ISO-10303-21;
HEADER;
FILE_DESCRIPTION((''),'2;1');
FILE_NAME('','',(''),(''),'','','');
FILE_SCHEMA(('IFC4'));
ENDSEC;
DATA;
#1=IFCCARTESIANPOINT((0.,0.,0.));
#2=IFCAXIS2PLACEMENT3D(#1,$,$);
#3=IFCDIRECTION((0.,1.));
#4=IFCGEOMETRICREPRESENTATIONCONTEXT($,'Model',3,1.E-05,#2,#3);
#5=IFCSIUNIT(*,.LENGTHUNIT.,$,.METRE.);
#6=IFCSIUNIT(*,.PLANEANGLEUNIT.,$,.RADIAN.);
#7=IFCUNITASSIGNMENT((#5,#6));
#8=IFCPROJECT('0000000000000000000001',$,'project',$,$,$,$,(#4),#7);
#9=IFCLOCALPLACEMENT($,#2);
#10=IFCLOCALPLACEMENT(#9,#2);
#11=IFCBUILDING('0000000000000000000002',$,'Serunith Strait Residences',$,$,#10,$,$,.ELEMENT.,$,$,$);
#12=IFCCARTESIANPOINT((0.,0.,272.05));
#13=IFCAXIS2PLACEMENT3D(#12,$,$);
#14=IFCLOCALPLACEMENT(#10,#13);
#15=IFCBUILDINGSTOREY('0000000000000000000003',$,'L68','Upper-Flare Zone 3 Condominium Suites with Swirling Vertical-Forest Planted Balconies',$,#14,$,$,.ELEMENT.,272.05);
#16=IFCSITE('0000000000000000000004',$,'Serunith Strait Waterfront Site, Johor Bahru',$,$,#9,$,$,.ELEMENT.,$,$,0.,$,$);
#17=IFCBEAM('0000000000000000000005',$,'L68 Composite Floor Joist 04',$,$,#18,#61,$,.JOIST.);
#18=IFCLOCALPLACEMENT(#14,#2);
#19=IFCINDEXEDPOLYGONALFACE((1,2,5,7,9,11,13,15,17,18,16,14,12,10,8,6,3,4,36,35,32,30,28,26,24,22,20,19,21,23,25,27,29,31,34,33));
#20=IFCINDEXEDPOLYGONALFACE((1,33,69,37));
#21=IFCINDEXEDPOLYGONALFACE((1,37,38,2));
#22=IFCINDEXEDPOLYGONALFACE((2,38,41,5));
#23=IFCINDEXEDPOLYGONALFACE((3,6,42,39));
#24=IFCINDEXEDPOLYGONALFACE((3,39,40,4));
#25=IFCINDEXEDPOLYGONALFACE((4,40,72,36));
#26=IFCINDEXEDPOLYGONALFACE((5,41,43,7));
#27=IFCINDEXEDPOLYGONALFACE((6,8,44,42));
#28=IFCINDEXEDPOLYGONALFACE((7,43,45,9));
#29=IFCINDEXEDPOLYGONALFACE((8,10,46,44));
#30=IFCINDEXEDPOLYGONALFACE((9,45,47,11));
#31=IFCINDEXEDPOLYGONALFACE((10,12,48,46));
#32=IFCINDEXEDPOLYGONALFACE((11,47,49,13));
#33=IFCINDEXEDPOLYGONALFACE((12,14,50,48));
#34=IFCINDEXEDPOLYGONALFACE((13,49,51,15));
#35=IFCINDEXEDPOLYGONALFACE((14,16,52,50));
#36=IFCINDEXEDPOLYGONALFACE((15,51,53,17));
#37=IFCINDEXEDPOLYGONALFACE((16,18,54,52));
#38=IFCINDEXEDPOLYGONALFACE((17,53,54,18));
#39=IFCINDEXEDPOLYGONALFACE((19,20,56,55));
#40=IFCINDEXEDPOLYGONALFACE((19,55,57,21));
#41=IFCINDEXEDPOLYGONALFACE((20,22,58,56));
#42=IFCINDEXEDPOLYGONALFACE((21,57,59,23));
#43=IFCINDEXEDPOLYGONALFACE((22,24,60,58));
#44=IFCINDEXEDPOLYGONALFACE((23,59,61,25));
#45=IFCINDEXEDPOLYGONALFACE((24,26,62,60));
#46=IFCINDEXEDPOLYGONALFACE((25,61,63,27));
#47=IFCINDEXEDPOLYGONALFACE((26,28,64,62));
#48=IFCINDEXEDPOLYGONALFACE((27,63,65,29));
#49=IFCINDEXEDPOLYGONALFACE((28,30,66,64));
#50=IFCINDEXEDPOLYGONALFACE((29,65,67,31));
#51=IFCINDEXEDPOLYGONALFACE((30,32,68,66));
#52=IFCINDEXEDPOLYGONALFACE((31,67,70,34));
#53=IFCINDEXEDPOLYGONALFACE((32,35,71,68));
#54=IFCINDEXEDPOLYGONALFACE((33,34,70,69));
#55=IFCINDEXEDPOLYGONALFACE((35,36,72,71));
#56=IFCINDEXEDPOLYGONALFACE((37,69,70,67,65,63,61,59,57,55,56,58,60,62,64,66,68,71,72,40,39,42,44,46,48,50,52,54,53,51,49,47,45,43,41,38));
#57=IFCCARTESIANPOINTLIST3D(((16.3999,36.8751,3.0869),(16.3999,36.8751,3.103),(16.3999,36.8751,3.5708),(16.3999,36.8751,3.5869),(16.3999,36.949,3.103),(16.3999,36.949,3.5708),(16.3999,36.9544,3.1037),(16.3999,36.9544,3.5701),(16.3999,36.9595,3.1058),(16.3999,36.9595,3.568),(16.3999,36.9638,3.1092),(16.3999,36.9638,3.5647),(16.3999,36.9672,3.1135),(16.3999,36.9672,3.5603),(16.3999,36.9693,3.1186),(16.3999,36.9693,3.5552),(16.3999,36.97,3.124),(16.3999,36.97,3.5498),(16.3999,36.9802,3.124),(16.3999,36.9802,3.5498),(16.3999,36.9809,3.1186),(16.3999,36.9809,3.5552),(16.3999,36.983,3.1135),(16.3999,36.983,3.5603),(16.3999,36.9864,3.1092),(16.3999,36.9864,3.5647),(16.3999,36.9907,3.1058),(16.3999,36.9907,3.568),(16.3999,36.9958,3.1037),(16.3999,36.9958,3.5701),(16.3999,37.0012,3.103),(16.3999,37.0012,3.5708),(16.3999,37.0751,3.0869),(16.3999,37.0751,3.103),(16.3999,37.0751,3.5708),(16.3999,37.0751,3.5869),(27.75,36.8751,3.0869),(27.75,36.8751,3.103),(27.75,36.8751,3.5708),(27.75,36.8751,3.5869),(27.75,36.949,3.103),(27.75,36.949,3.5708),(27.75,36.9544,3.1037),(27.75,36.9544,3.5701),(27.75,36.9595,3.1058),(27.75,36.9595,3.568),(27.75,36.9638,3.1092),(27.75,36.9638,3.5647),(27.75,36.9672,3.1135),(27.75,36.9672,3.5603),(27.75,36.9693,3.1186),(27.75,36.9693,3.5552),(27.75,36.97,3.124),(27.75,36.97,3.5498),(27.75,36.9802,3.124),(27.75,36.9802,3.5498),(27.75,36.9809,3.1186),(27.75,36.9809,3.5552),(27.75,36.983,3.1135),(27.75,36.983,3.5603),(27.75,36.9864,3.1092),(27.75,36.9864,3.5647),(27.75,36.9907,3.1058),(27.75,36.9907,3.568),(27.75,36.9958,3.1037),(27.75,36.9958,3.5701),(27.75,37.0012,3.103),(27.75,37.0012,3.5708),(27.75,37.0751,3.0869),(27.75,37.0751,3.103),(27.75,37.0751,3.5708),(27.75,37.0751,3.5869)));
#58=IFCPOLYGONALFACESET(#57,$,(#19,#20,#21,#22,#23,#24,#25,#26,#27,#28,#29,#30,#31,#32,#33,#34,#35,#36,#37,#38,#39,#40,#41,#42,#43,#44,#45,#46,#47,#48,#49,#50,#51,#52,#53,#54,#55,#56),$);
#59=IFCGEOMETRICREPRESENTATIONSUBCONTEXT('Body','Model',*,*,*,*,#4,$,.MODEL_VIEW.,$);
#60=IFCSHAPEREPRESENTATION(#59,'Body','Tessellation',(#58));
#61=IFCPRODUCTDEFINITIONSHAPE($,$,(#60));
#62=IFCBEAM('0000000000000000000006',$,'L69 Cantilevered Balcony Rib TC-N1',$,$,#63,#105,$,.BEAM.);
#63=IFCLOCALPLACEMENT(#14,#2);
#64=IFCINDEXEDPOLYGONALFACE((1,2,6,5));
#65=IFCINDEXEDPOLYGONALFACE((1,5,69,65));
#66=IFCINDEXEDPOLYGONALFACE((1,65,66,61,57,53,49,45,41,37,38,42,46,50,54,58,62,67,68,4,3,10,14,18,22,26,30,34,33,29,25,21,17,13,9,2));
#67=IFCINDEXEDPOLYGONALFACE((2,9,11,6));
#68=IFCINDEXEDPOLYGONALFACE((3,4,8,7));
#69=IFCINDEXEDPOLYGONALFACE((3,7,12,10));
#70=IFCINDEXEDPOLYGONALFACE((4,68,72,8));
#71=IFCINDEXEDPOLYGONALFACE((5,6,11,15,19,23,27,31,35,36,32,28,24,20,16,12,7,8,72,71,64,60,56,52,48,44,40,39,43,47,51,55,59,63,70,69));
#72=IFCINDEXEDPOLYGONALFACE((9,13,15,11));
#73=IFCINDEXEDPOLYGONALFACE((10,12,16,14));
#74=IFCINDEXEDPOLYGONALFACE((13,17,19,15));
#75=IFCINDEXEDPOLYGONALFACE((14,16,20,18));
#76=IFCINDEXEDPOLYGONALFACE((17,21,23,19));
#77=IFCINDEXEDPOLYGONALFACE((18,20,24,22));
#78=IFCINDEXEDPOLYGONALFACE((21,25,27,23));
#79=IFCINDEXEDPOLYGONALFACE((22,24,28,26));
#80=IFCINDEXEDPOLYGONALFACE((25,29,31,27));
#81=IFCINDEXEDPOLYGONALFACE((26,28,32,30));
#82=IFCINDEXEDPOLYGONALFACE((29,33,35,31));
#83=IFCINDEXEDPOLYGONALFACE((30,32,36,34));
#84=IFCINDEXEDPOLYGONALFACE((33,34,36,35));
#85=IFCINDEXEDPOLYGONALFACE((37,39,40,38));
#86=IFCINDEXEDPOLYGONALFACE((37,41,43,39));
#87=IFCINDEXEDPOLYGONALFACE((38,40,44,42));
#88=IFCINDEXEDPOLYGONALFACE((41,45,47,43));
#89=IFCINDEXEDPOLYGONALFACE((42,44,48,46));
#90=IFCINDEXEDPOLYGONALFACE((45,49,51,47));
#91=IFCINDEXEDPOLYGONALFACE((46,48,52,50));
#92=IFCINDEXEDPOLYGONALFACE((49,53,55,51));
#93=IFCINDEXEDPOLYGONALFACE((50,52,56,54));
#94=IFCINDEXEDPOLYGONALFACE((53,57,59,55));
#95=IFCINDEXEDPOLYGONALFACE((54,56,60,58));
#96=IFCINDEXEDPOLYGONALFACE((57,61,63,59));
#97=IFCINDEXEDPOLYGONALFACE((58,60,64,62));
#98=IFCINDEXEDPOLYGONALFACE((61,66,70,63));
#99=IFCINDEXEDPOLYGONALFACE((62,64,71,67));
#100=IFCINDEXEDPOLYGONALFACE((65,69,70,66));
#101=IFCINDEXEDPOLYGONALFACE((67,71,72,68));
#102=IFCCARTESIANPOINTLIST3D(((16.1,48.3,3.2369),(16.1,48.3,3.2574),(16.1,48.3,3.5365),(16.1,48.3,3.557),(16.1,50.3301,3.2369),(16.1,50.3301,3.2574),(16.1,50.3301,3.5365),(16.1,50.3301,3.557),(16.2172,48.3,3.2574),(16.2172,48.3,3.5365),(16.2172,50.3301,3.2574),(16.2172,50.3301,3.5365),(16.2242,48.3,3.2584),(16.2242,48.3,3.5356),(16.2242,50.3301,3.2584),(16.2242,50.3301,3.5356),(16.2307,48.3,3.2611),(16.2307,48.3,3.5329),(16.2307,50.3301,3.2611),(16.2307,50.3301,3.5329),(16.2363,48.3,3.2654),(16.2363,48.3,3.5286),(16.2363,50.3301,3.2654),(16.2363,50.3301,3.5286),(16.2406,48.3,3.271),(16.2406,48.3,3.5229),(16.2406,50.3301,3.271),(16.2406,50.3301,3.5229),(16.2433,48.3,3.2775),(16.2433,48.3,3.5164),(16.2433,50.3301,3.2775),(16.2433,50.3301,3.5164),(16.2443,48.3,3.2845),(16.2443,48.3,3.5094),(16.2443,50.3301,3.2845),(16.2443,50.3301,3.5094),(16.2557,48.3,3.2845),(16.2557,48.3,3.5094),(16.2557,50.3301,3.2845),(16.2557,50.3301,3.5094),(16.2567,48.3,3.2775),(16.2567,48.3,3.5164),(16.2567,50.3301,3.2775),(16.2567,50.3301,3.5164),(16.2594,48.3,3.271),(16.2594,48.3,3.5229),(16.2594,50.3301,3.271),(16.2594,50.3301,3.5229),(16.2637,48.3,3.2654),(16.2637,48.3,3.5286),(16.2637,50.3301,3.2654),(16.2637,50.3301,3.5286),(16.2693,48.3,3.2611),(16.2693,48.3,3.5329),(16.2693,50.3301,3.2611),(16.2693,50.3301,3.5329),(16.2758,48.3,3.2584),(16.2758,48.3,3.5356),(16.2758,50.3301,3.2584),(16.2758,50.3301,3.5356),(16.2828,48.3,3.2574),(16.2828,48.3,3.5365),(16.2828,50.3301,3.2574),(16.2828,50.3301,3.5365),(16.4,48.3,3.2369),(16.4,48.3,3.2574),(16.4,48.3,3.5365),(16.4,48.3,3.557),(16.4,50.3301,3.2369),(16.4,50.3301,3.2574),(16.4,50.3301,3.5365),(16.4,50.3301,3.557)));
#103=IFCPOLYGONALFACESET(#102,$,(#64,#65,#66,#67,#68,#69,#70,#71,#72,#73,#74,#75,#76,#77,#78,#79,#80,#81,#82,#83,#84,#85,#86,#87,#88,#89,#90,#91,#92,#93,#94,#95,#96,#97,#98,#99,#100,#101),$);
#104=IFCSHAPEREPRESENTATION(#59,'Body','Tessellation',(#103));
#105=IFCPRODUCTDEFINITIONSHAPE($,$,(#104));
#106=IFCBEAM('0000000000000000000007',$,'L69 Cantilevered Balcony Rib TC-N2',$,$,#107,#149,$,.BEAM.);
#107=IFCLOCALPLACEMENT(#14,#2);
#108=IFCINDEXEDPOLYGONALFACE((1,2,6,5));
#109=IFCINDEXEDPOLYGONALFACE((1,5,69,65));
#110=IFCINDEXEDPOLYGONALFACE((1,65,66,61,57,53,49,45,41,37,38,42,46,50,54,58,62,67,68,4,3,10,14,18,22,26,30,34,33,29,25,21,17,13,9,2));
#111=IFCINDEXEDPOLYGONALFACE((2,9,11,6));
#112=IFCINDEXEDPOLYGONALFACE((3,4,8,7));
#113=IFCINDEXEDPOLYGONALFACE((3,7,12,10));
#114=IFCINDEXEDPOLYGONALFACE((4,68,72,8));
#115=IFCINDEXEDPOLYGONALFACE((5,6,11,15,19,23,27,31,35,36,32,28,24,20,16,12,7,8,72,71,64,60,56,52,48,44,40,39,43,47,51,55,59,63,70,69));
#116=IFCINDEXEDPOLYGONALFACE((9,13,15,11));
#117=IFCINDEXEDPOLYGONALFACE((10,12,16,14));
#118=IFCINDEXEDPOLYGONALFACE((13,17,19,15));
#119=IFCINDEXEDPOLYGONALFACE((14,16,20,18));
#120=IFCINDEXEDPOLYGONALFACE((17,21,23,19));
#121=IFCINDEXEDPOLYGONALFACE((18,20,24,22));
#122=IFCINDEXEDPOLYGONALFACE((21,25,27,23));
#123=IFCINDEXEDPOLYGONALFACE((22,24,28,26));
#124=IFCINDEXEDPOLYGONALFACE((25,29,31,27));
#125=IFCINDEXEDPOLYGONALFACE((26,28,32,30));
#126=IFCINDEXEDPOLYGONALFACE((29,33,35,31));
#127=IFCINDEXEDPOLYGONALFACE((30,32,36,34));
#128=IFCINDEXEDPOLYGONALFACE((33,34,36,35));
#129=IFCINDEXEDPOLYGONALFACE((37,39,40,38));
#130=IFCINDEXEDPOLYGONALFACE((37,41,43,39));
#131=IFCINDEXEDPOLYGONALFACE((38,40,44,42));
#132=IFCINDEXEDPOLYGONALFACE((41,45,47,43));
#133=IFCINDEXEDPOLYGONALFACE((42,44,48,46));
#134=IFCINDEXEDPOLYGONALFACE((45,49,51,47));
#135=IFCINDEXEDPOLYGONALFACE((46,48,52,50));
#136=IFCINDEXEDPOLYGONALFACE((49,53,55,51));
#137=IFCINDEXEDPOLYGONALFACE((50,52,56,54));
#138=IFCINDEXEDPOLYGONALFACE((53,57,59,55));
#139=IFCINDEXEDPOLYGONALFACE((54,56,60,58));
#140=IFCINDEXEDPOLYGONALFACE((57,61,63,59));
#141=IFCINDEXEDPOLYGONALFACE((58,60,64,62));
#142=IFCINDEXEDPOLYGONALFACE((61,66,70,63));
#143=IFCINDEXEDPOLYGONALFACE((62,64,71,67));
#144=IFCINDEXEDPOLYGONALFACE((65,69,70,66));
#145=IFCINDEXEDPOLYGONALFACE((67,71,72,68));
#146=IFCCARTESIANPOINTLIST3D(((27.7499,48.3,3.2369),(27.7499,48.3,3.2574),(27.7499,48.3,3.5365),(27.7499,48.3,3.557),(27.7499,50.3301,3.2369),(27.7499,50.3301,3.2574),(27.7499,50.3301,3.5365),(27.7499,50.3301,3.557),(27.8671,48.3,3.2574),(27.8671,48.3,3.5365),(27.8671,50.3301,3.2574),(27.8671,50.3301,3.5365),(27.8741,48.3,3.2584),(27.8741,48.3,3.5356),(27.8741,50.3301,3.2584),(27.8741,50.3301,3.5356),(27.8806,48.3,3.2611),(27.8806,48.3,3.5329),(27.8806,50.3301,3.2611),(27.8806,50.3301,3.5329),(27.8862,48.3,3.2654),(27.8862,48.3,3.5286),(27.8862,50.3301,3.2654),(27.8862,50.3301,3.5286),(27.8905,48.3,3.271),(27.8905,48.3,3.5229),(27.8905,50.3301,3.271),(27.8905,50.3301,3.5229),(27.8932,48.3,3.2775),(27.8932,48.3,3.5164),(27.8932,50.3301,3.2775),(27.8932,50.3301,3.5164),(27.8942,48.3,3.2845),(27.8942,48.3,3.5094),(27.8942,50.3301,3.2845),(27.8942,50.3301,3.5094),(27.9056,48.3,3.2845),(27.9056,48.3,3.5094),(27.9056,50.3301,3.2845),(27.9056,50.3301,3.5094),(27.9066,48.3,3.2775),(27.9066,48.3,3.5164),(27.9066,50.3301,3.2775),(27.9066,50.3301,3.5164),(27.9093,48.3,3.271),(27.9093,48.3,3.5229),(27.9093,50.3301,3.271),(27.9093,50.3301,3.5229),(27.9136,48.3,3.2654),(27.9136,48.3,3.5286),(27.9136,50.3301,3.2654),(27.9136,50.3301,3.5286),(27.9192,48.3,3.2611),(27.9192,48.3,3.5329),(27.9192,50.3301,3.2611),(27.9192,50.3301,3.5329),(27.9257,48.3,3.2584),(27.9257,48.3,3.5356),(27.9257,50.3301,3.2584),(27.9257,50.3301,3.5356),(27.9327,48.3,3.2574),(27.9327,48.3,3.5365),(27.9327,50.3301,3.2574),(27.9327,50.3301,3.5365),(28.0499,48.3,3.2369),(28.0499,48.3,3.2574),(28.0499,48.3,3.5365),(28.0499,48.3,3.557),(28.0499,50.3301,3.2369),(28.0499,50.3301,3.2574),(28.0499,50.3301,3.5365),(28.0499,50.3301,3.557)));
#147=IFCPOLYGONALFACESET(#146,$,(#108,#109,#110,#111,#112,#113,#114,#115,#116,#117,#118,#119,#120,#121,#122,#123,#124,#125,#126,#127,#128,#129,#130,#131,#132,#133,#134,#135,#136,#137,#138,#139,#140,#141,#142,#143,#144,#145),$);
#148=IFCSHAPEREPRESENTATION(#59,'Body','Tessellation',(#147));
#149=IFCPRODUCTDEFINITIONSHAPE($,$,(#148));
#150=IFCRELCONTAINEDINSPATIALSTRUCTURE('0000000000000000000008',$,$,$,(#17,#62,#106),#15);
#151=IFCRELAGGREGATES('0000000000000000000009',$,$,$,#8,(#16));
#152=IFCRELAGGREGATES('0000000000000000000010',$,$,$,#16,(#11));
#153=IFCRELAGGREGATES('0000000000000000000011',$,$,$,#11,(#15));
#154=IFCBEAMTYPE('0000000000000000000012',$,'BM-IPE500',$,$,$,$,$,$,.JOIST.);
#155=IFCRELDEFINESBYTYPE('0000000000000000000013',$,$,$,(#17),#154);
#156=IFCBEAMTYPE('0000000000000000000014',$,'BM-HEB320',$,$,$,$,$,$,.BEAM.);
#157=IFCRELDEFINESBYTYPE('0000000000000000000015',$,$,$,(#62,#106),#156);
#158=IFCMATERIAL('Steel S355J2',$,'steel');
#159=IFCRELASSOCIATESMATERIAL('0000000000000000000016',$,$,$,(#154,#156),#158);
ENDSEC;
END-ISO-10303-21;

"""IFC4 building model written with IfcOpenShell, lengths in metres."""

from ifc_helpers import new_model, si_unit, direction, frame, origin, origin_2d, place, context, subcontext, project, spatial, i_section, extrude, source, transform, mapped, material, material_profile, profile_set, type_object, element, save


model = new_model("IFC4")

# Units and contexts
model_context = context("Model", 3, precision=1e-05, world=origin(), true_north=direction((0.0, 1.0)))
body_context = subcontext(model_context, "Body", "Model", "MODEL_VIEW")
ifc_project = project(units=[si_unit("LENGTHUNIT", "METRE"), si_unit("PLANEANGLEUNIT", "RADIAN")], contexts=[model_context])

# Site, building, storey
site_placement = place(None, origin())
site = spatial("IfcSite", under=ifc_project, at=site_placement, Name="Serunith Strait Waterfront Site, Johor Bahru", CompositionType="ELEMENT", RefElevation=0.0)
building_placement = place(site_placement, origin())
building = spatial("IfcBuilding", under=site, at=building_placement, Name="Serunith Strait Residences", CompositionType="ELEMENT")
storey_placement = place(building_placement, frame((0.0, 0.0, 272.05)))
storey = spatial("IfcBuildingStorey", under=building, at=storey_placement, Name="L68", Description="Upper-Flare Zone 3 Condominium Suites with Swirling Vertical-Forest Planted Balconies", CompositionType="ELEMENT", Elevation=272.05)

# Beams
ifc_material_1 = material(Name="Steel S355J2", Category="steel")
ifc_material_profile_1 = material_profile(ifc_material_1, i_section(OverallWidth=0.2, OverallDepth=0.5, WebThickness=0.0103, FlangeThickness=0.0161, FilletRadius=0.021, at=origin_2d()), Name="IPE 500")
ifc_profile_set_1 = profile_set([ifc_material_profile_1], Name="Steel S355J2")
beam_type_1 = type_object("IfcBeamType", Name="BM-IPE500", PredefinedType="JOIST", material=ifc_profile_set_1)
shared_shape_1 = source(origin(), body_context, "Body", "SweptSolid", [
    extrude(i_section(OverallWidth=0.2, OverallDepth=0.5, WebThickness=0.0103, FlangeThickness=0.0161, FilletRadius=0.021, at=origin_2d()), origin(), (0.0, 0.0, 1.0), 11.3501),
])
beam_1_placement = place(storey_placement, frame((16.3999, 36.9751, 3.3369), z_axis=(1.0, 0.0, 0.0), x_axis=(0.0, 1.0, 0.0)))
element("IfcBeam", 1, at=beam_1_placement, inside=storey, type_object=beam_type_1, Name="L68 Composite Floor Joist 04", PredefinedType="JOIST", context=body_context, shape_type="MappedRepresentation", body=[
    mapped(shared_shape_1, transform((0.0, 0.0, 0.0), scale=1.0)),
])
ifc_material_profile_2 = material_profile(ifc_material_1, i_section(OverallWidth=0.3, OverallDepth=0.3201, WebThickness=0.0115, FlangeThickness=0.0205, FilletRadius=0.0271, at=origin_2d()), Name="HEB 320")
ifc_profile_set_2 = profile_set([ifc_material_profile_2], Name="Steel S355J2")
beam_type_2 = type_object("IfcBeamType", Name="BM-HEB320", PredefinedType="BEAM", material=ifc_profile_set_2)
shared_shape_2 = source(origin(), body_context, "Body", "SweptSolid", [
    extrude(i_section(OverallWidth=0.3, OverallDepth=0.3201, WebThickness=0.0115, FlangeThickness=0.0205, FilletRadius=0.0271, at=origin_2d()), origin(), (0.0, 0.0, 1.0), 2.03),
])
for number, where, z_axis, x_axis, name in (
    (2, (16.25, 48.3, 3.397), (0.0, 1.0, 0.0), (-1.0, 0.0, 0.0), "L69 Cantilevered Balcony Rib TC-N1"),
    (3, (27.8999, 48.3, 3.397), (0.0, 1.0, 0.0), (-1.0, 0.0, 0.0), "L69 Cantilevered Balcony Rib TC-N2"),
):
    element("IfcBeam", number, at=place(storey_placement, frame(where, z_axis=z_axis, x_axis=x_axis)), inside=storey, type_object=beam_type_2, Name=name, PredefinedType="BEAM", context=body_context, shape_type="MappedRepresentation", body=[
        mapped(shared_shape_2, transform((0.0, 0.0, 0.0), scale=1.0)),
    ])

save(model, "model.ifc")
